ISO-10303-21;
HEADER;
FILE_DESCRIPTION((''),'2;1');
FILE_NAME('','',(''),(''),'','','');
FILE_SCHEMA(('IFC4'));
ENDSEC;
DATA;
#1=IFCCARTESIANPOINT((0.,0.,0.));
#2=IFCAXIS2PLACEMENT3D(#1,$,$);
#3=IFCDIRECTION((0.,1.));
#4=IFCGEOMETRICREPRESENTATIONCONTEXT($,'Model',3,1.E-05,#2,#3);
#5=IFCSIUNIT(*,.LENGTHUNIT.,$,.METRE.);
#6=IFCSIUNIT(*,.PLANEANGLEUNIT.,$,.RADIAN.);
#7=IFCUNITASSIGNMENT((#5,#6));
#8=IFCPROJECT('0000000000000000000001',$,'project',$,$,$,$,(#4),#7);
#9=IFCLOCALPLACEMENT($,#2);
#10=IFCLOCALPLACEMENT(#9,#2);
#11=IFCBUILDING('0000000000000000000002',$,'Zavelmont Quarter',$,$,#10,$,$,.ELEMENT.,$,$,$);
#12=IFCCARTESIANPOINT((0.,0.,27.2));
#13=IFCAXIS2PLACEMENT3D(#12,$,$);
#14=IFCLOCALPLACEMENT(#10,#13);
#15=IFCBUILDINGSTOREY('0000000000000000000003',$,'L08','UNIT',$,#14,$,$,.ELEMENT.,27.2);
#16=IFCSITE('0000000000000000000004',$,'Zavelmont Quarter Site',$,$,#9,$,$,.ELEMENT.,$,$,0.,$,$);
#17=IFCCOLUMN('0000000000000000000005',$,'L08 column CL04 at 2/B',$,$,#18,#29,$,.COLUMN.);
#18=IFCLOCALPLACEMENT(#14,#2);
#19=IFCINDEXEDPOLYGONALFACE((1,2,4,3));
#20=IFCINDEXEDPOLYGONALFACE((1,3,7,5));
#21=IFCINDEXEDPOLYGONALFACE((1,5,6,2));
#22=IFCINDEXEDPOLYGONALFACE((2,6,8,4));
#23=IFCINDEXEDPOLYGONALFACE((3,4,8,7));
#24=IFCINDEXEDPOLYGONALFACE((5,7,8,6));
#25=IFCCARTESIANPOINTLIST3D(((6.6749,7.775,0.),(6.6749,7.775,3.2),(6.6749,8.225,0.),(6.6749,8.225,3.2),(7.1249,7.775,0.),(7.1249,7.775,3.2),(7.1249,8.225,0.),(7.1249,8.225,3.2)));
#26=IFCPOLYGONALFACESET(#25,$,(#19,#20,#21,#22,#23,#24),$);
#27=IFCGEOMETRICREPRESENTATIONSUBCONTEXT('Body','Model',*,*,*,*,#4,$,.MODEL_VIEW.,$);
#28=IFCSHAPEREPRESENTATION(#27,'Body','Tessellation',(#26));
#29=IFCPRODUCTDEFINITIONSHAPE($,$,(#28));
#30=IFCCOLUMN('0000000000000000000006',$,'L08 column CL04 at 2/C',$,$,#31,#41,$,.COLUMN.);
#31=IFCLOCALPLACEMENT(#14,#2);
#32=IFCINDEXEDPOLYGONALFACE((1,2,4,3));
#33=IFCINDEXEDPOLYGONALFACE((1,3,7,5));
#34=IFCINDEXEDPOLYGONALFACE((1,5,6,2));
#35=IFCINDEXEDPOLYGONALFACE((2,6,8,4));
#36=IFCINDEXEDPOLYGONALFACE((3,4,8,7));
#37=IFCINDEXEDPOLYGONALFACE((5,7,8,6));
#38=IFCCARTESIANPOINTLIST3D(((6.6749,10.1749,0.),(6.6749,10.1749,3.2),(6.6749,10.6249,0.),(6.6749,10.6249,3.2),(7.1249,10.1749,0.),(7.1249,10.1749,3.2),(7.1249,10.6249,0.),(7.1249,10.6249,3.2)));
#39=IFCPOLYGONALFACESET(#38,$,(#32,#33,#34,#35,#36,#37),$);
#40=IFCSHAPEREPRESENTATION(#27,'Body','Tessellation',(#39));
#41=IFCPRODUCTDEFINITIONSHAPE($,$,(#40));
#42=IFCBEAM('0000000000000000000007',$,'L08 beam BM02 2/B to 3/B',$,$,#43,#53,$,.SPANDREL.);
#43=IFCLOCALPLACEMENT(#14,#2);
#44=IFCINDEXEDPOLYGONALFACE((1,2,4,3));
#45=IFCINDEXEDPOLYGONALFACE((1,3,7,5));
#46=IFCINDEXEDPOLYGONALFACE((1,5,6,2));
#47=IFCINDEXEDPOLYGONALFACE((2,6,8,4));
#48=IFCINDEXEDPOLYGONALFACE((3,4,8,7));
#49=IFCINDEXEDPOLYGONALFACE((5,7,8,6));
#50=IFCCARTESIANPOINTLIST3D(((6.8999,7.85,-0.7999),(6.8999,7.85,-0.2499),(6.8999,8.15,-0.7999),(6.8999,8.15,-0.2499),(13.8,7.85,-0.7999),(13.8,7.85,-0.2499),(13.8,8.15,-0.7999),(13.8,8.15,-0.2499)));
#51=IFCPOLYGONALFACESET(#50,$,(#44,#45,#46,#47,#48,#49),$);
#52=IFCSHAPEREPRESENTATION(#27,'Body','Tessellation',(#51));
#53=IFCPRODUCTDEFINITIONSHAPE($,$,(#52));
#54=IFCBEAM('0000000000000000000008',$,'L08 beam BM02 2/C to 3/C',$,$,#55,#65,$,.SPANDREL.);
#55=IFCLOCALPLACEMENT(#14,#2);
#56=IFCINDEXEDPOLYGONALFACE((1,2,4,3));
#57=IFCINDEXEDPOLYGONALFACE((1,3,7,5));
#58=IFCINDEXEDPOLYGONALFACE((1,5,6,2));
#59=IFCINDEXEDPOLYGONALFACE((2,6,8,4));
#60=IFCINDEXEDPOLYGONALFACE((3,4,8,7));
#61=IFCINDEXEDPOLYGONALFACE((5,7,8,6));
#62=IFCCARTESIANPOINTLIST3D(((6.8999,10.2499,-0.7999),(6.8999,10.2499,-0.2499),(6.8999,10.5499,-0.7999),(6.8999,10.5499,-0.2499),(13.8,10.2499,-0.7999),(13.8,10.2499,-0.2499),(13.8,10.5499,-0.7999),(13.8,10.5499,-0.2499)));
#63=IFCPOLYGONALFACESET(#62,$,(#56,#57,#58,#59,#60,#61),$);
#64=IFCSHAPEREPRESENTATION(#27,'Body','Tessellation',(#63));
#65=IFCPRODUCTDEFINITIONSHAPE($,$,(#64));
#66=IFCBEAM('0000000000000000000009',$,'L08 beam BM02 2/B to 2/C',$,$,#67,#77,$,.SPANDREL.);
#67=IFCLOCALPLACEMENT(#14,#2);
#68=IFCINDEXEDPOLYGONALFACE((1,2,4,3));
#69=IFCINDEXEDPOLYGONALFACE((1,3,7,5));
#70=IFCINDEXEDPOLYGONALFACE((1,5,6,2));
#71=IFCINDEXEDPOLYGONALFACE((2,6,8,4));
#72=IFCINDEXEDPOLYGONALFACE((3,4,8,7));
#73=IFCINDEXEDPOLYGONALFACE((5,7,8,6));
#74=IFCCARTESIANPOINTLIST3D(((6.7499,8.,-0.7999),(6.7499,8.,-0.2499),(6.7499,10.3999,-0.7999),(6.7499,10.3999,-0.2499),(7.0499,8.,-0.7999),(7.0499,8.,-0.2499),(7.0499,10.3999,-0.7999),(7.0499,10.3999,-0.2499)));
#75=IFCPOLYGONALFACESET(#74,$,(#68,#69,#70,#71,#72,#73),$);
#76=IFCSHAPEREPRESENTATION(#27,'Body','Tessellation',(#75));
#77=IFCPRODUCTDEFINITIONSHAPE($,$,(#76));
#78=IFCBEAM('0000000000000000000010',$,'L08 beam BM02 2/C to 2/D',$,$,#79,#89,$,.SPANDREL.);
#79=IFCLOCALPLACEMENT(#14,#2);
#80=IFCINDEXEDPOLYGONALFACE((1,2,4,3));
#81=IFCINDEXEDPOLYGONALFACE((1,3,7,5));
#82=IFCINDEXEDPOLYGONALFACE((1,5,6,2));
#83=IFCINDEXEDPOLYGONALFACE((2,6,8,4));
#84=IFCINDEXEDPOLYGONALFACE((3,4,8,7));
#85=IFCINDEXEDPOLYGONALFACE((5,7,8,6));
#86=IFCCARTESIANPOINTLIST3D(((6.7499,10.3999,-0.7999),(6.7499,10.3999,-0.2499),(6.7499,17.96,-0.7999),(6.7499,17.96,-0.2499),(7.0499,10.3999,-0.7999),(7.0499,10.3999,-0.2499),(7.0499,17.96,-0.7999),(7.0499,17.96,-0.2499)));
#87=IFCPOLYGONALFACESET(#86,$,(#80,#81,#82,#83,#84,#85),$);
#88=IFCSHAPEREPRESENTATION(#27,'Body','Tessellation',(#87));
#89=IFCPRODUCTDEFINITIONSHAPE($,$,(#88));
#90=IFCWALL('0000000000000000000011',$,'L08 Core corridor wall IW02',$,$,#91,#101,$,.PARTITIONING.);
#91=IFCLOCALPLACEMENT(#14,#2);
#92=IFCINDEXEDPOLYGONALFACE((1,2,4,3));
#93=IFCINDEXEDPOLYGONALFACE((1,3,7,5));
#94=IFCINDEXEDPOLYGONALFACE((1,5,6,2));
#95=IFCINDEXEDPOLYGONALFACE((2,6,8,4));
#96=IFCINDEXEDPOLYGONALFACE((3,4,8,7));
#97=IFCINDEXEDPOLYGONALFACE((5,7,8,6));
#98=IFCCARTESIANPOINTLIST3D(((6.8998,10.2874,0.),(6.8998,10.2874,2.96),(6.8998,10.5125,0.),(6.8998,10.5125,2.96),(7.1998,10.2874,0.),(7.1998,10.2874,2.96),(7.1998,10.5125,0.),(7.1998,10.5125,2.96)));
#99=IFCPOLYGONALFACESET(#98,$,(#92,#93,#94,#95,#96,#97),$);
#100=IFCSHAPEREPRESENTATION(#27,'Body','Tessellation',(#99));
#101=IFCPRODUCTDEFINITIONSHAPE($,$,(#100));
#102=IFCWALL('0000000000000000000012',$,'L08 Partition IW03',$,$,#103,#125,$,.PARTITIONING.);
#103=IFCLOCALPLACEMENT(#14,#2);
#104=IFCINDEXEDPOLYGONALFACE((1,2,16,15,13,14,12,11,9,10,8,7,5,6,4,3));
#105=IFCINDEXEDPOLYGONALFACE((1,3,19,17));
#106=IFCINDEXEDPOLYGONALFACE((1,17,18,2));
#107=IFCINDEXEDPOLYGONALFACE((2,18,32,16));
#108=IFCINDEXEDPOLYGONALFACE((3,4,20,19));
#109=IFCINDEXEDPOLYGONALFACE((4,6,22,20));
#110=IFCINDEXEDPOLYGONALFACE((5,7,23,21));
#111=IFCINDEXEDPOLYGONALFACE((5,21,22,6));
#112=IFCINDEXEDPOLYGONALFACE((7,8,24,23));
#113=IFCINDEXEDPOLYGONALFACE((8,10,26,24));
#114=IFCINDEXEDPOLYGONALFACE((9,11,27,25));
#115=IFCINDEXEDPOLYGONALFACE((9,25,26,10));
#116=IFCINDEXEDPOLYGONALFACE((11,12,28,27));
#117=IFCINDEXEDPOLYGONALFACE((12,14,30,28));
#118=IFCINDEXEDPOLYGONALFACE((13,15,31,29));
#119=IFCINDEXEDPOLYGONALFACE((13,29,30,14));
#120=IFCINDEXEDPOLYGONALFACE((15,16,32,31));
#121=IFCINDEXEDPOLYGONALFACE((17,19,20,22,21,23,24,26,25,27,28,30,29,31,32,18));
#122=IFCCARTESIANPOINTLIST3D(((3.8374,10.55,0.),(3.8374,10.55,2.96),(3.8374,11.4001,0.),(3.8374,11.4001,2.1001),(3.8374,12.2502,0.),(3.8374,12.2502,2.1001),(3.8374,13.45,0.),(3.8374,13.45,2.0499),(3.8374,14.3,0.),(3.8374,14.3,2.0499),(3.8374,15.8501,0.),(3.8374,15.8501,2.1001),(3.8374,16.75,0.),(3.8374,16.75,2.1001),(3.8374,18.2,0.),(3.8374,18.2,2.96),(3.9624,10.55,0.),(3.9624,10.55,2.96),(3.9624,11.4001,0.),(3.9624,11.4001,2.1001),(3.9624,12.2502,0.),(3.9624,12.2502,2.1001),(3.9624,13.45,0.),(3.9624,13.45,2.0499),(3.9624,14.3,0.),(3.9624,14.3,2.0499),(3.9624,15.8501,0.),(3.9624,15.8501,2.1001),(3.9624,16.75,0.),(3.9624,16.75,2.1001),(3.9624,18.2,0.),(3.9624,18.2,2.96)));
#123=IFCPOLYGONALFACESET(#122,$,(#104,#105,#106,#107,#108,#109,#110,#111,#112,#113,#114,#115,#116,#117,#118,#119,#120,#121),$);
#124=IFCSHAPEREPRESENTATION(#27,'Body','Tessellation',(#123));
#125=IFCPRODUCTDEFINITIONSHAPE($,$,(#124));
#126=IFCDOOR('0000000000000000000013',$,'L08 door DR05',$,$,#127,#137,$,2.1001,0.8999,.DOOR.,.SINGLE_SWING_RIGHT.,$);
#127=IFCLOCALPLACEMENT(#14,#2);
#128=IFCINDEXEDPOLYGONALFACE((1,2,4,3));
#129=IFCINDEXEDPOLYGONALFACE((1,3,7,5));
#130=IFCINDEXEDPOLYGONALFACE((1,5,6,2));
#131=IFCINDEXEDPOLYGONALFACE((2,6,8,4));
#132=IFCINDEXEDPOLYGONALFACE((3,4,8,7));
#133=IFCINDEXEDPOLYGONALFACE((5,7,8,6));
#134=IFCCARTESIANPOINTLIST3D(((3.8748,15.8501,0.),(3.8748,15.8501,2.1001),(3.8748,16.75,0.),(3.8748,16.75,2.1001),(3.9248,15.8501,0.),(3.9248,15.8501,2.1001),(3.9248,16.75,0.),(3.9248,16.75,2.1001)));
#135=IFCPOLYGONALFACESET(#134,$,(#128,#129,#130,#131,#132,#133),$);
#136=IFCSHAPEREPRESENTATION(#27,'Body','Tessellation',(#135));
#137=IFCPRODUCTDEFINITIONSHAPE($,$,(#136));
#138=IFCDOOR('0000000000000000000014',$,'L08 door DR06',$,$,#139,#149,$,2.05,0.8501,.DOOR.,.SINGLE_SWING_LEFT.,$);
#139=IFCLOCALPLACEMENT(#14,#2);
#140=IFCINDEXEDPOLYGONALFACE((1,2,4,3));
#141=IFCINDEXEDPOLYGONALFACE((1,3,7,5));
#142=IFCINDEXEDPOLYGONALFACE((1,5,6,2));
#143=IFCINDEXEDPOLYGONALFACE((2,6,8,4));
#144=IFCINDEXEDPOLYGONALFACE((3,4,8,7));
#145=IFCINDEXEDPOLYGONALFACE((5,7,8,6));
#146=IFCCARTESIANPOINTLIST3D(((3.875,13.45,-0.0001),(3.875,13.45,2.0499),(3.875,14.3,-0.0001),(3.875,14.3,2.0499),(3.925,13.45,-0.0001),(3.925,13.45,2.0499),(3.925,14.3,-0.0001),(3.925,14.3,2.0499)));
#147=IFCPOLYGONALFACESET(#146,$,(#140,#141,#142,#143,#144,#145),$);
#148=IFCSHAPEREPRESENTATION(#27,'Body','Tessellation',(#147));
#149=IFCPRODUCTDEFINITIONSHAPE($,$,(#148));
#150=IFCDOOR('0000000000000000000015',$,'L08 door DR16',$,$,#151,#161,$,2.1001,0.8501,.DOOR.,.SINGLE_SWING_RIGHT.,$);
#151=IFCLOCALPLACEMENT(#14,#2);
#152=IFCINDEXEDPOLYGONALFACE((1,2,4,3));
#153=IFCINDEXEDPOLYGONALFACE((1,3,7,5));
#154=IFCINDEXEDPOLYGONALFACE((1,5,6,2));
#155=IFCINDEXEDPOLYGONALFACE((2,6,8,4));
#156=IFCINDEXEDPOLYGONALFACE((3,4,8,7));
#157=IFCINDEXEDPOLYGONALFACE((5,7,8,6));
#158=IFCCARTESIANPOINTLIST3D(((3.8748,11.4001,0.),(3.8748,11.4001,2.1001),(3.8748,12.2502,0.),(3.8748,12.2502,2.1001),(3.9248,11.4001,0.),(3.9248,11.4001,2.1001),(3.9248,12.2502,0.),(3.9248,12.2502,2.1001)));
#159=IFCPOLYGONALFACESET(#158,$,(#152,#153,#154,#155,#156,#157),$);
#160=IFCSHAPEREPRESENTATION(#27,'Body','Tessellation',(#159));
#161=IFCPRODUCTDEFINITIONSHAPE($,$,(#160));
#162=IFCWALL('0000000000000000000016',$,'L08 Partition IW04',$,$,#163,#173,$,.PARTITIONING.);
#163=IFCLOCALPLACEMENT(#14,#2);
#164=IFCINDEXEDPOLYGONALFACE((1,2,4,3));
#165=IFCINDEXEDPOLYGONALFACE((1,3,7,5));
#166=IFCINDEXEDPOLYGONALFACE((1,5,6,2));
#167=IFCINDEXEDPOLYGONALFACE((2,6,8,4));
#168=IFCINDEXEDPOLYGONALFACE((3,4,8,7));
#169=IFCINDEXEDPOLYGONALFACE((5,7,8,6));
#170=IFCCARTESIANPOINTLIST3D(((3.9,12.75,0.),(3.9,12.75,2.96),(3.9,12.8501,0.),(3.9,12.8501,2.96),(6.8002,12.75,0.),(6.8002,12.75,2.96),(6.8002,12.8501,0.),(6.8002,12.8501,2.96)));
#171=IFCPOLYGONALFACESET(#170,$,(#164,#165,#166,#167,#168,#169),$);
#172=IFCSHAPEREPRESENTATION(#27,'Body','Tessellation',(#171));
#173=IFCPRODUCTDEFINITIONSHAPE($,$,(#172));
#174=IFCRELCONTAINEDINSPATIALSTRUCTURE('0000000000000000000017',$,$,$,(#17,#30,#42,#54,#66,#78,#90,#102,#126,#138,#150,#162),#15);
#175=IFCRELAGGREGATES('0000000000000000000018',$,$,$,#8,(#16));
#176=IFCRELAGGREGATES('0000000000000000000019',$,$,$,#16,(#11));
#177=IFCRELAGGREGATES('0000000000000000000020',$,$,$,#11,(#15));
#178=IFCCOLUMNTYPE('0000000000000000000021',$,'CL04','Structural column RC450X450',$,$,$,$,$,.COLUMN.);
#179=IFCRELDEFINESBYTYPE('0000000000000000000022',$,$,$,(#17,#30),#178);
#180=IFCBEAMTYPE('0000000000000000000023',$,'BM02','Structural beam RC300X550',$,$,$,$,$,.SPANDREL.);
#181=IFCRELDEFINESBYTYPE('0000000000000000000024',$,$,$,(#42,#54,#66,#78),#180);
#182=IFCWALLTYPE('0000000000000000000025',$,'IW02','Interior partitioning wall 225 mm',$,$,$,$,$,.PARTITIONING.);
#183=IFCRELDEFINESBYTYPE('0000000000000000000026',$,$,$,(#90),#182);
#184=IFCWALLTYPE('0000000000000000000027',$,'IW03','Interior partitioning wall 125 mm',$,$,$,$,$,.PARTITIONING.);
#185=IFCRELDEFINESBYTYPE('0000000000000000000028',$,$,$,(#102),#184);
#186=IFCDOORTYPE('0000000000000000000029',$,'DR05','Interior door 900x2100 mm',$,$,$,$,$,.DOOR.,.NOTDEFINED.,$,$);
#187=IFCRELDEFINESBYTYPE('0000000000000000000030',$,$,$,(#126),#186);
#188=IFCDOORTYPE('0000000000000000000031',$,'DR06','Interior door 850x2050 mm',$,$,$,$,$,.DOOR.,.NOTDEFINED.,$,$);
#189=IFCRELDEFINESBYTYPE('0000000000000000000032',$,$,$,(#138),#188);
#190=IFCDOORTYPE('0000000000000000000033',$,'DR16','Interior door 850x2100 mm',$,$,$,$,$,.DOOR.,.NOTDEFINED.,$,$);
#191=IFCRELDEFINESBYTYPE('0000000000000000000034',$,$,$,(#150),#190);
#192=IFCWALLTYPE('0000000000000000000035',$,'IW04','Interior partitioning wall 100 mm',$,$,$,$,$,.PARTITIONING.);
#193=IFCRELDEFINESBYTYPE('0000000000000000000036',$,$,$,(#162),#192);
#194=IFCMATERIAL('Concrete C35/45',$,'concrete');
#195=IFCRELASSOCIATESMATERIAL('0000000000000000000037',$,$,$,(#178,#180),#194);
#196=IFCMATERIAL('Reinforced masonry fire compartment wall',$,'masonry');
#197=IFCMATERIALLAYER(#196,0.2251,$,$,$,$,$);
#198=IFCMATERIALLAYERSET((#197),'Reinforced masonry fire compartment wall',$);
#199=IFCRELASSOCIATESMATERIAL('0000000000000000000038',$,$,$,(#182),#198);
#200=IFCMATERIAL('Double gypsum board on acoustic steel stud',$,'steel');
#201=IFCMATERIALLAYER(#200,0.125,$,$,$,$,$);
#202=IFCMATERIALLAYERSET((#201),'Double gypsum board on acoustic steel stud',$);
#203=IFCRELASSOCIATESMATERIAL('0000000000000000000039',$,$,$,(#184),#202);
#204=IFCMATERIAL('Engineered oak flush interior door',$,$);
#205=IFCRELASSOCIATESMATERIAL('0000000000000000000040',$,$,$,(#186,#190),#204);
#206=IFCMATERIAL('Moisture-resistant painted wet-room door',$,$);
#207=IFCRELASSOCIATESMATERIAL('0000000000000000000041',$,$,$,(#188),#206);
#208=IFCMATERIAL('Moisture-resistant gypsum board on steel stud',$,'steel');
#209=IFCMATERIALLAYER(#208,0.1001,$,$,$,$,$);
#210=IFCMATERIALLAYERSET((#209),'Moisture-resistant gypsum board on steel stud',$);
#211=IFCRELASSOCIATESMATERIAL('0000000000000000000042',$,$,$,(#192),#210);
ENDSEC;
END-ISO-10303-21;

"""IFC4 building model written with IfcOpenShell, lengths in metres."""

from ifc_helpers import new_model, si_unit, direction, frame, frame_2d, origin, origin_with_axes, origin_2d, place, context, subcontext, project, spatial, rectangle, extrude, material, layer, layer_set, material_profile, profile_set, type_object, element, fill, save


model = new_model("IFC4")

# Units and contexts
model_context = context("Model", 3, precision=1e-05, world=origin(), true_north=direction((0.0, 1.0)))
body_context = subcontext(model_context, "Body", "Model", "MODEL_VIEW")
ifc_project = project(units=[si_unit("LENGTHUNIT", "METRE"), si_unit("PLANEANGLEUNIT", "RADIAN")], contexts=[model_context])

# Site, building, storey
site_placement = place(None, origin())
site = spatial("IfcSite", under=ifc_project, at=site_placement, Name="Zavelmont Quarter Site", CompositionType="ELEMENT", RefElevation=0.0)
building_placement = place(site_placement, origin())
building = spatial("IfcBuilding", under=site, at=building_placement, Name="Zavelmont Quarter", CompositionType="ELEMENT")
storey_placement = place(building_placement, frame((0.0, 0.0, 27.2)))
storey = spatial("IfcBuildingStorey", under=building, at=storey_placement, Name="L08", Description="UNIT", CompositionType="ELEMENT", Elevation=27.2)

# Columns
ifc_material_1 = material(Name="Concrete C35/45", Category="concrete")
ifc_material_profile_1 = material_profile(ifc_material_1, rectangle(XDim=0.45, YDim=0.45, at=origin_2d()), Name="RC450X450")
ifc_profile_set_1 = profile_set([ifc_material_profile_1], Name="Concrete C35/45")
column_type = type_object("IfcColumnType", Name="CL04", Description="Structural column RC450X450", PredefinedType="COLUMN", material=ifc_profile_set_1)
for number, where, z_axis, x_axis, name in (
    (1, (6.8999, 8.0, 0.0), (0.0, 0.0, 1.0), (1.0, 0.0, 0.0), "L08 column CL04 at 2/B"),
    (2, (6.8999, 10.3999, 0.0), (0.0, 0.0, 1.0), (1.0, 0.0, 0.0), "L08 column CL04 at 2/C"),
):
    element("IfcColumn", number, at=place(storey_placement, frame(where, z_axis=z_axis, x_axis=x_axis)), inside=storey, type_object=column_type, Name=name, PredefinedType="COLUMN", context=body_context, shape_type="SweptSolid", body=[
        extrude(rectangle(XDim=0.45, YDim=0.45, at=origin_2d()), origin(), (0.0, 0.0, 1.0), 3.2),
    ])

# Beams
ifc_material_profile_2 = material_profile(ifc_material_1, rectangle(XDim=0.3, YDim=0.55, at=origin_2d()), Name="RC300X550")
ifc_profile_set_2 = profile_set([ifc_material_profile_2], Name="Concrete C35/45")
beam_type = type_object("IfcBeamType", Name="BM02", Description="Structural beam RC300X550", PredefinedType="SPANDREL", material=ifc_profile_set_2)
for number, where, z_axis, x_axis, name in (
    (3, (6.8999, 8.0, -0.5249), (1.0, 0.0, 0.0), (0.0, 1.0, 0.0), "L08 beam BM02 2/B to 3/B"),
    (4, (6.8999, 10.3999, -0.5249), (1.0, 0.0, 0.0), (0.0, 1.0, 0.0), "L08 beam BM02 2/C to 3/C"),
):
    element("IfcBeam", number, at=place(storey_placement, frame(where, z_axis=z_axis, x_axis=x_axis)), inside=storey, type_object=beam_type, Name=name, PredefinedType="SPANDREL", context=body_context, shape_type="SweptSolid", body=[
        extrude(rectangle(XDim=0.3, YDim=0.55, at=origin_2d()), origin(), (0.0, 0.0, 1.0), 6.9001),
    ])
beam_1_placement = place(storey_placement, frame((6.8999, 8.0, -0.5249), z_axis=(0.0, 1.0, 0.0), x_axis=(-1.0, 0.0, 0.0)))
element("IfcBeam", 5, at=beam_1_placement, inside=storey, type_object=beam_type, Name="L08 beam BM02 2/B to 2/C", PredefinedType="SPANDREL", context=body_context, shape_type="SweptSolid", body=[
    extrude(rectangle(XDim=0.3, YDim=0.55, at=origin_2d()), origin(), (0.0, 0.0, 1.0), 2.3999),
])
beam_2_placement = place(storey_placement, frame((6.8999, 10.3999, -0.5249), z_axis=(0.0, 1.0, 0.0), x_axis=(-1.0, 0.0, 0.0)))
element("IfcBeam", 6, at=beam_2_placement, inside=storey, type_object=beam_type, Name="L08 beam BM02 2/C to 2/D", PredefinedType="SPANDREL", context=body_context, shape_type="SweptSolid", body=[
    extrude(rectangle(XDim=0.3, YDim=0.55, at=origin_2d()), origin(), (0.0, 0.0, 1.0), 7.5601),
])

# Wall
ifc_material_2 = material(Name="Reinforced masonry fire compartment wall", Category="masonry")
ifc_layer_1 = layer(ifc_material_2, 0.2251)
ifc_layer_set_1 = layer_set([ifc_layer_1], Name="Reinforced masonry fire compartment wall")
wall_type_1 = type_object("IfcWallType", Name="IW02", Description="Interior partitioning wall 225 mm", PredefinedType="PARTITIONING", material=ifc_layer_set_1)
wall_1_placement = place(storey_placement, frame((6.8999, 10.3999, 0.0), z_axis=(0.0, 0.0, 1.0), x_axis=(1.0, 0.0, 0.0)))
element("IfcWall", 7, at=wall_1_placement, inside=storey, type_object=wall_type_1, Name="L08 Core corridor wall IW02", PredefinedType="PARTITIONING", context=body_context, shape_type="SweptSolid", body=[
    extrude(rectangle(XDim=0.3, YDim=0.2251, at=frame_2d((0.1499, 0.0))), origin(), (0.0, 0.0, 1.0), 2.96),
])

# Wall, openings, doors
ifc_material_3 = material(Name="Double gypsum board on acoustic steel stud", Category="steel")
ifc_layer_2 = layer(ifc_material_3, 0.125)
ifc_layer_set_2 = layer_set([ifc_layer_2], Name="Double gypsum board on acoustic steel stud")
wall_type_2 = type_object("IfcWallType", Name="IW03", Description="Interior partitioning wall 125 mm", PredefinedType="PARTITIONING", material=ifc_layer_set_2)
wall_2_placement = place(storey_placement, frame((3.8999, 10.55, 0.0), z_axis=(0.0, 0.0, 1.0), x_axis=(0.0, 1.0, 0.0)))
wall_2 = element("IfcWall", 8, at=wall_2_placement, inside=storey, type_object=wall_type_2, Name="L08 Partition IW03", PredefinedType="PARTITIONING", context=body_context, shape_type="SweptSolid", body=[
    extrude(rectangle(XDim=7.6499, YDim=0.125, at=frame_2d((3.825, 0.0))), origin(), (0.0, 0.0, 1.0), 2.96),
])
opening_1_placement = place(wall_2_placement, frame((0.8501, 0.0, 0.0)))
opening_1 = element("IfcOpeningElement", 9, at=opening_1_placement, cuts=wall_2, PredefinedType="OPENING", context=body_context, shape_type="SweptSolid", body=[
    extrude(rectangle(XDim=0.8501, YDim=2.1001, at=frame_2d((0.425, 1.05))), frame((0.0, 0.0745, 0.0), z_axis=(0.0, -1.0, 0.0), x_axis=(1.0, 0.0, 0.0)), (0.0, 0.0, 1.0), 0.1489),
])
opening_2_placement = place(wall_2_placement, frame((2.8999, 0.0, 0.0)))
opening_2 = element("IfcOpeningElement", 10, at=opening_2_placement, cuts=wall_2, PredefinedType="OPENING", context=body_context, shape_type="SweptSolid", body=[
    extrude(rectangle(XDim=0.8501, YDim=2.05, at=frame_2d((0.425, 1.0249))), frame((0.0, 0.0745, 0.0), z_axis=(0.0, -1.0, 0.0), x_axis=(1.0, 0.0, 0.0)), (0.0, 0.0, 1.0), 0.1489),
])
opening_3_placement = place(wall_2_placement, frame((5.3, 0.0, 0.0)))
opening_3 = element("IfcOpeningElement", 11, at=opening_3_placement, cuts=wall_2, PredefinedType="OPENING", context=body_context, shape_type="SweptSolid", body=[
    extrude(rectangle(XDim=0.8999, YDim=2.1001, at=frame_2d((0.45, 1.05))), frame((0.0, 0.0745, 0.0), z_axis=(0.0, -1.0, 0.0), x_axis=(1.0, 0.0, 0.0)), (0.0, 0.0, 1.0), 0.1489),
])
ifc_material_4 = material(Name="Engineered oak flush interior door")
door_type_1 = type_object("IfcDoorType", Name="DR05", Description="Interior door 900x2100 mm", OperationType="NOTDEFINED", PredefinedType="DOOR", material=ifc_material_4)
door_1_placement = place(opening_3_placement, frame((0.8999, 0.0, 0.0), z_axis=(0.0, 0.0, 1.0), x_axis=(-1.0, 0.0, 0.0)))
door_1 = element("IfcDoor", 12, at=door_1_placement, inside=storey, type_object=door_type_1, Name="L08 door DR05", OperationType="SINGLE_SWING_RIGHT", OverallHeight=2.1001, OverallWidth=0.8999, PredefinedType="DOOR", context=body_context, shape_type="SweptSolid", body=[
    extrude(rectangle(XDim=0.8999, YDim=2.1001, at=frame_2d((0.45, 1.05))), frame((0.0, 0.0249, 0.0), z_axis=(0.0, -1.0, 0.0), x_axis=(1.0, 0.0, 0.0)), (0.0, 0.0, 1.0), 0.05),
])
fill(opening_3, door_1)
ifc_material_5 = material(Name="Moisture-resistant painted wet-room door")
door_type_2 = type_object("IfcDoorType", Name="DR06", Description="Interior door 850x2050 mm", OperationType="NOTDEFINED", PredefinedType="DOOR", material=ifc_material_5)
door_2_placement = place(opening_2_placement, origin_with_axes())
door_2 = element("IfcDoor", 13, at=door_2_placement, inside=storey, type_object=door_type_2, Name="L08 door DR06", OperationType="SINGLE_SWING_LEFT", OverallHeight=2.05, OverallWidth=0.8501, PredefinedType="DOOR", context=body_context, shape_type="SweptSolid", body=[
    extrude(rectangle(XDim=0.8501, YDim=2.05, at=frame_2d((0.425, 1.0249))), frame((0.0, 0.0249, 0.0), z_axis=(0.0, -1.0, 0.0), x_axis=(1.0, 0.0, 0.0)), (0.0, 0.0, 1.0), 0.05),
])
fill(opening_2, door_2)
door_type_3 = type_object("IfcDoorType", Name="DR16", Description="Interior door 850x2100 mm", OperationType="NOTDEFINED", PredefinedType="DOOR", material=ifc_material_4)
door_3_placement = place(opening_1_placement, frame((0.8501, 0.0, 0.0), z_axis=(0.0, 0.0, 1.0), x_axis=(-1.0, 0.0, 0.0)))
door_3 = element("IfcDoor", 14, at=door_3_placement, inside=storey, type_object=door_type_3, Name="L08 door DR16", OperationType="SINGLE_SWING_RIGHT", OverallHeight=2.1001, OverallWidth=0.8501, PredefinedType="DOOR", context=body_context, shape_type="SweptSolid", body=[
    extrude(rectangle(XDim=0.8501, YDim=2.1001, at=frame_2d((0.425, 1.05))), frame((0.0, 0.0249, 0.0), z_axis=(0.0, -1.0, 0.0), x_axis=(1.0, 0.0, 0.0)), (0.0, 0.0, 1.0), 0.05),
])
fill(opening_1, door_3)

# Wall
ifc_material_6 = material(Name="Moisture-resistant gypsum board on steel stud", Category="steel")
ifc_layer_3 = layer(ifc_material_6, 0.1001)
ifc_layer_set_3 = layer_set([ifc_layer_3], Name="Moisture-resistant gypsum board on steel stud")
wall_type_3 = type_object("IfcWallType", Name="IW04", Description="Interior partitioning wall 100 mm", PredefinedType="PARTITIONING", material=ifc_layer_set_3)
wall_3_placement = place(storey_placement, frame((3.8999, 12.8, 0.0), z_axis=(0.0, 0.0, 1.0), x_axis=(1.0, 0.0, 0.0)))
element("IfcWall", 15, at=wall_3_placement, inside=storey, type_object=wall_type_3, Name="L08 Partition IW04", PredefinedType="PARTITIONING", context=body_context, shape_type="SweptSolid", body=[
    extrude(rectangle(XDim=2.9001, YDim=0.1001, at=frame_2d((1.4502, 0.0))), origin(), (0.0, 0.0, 1.0), 2.96),
])

save(model, "model.ifc")
